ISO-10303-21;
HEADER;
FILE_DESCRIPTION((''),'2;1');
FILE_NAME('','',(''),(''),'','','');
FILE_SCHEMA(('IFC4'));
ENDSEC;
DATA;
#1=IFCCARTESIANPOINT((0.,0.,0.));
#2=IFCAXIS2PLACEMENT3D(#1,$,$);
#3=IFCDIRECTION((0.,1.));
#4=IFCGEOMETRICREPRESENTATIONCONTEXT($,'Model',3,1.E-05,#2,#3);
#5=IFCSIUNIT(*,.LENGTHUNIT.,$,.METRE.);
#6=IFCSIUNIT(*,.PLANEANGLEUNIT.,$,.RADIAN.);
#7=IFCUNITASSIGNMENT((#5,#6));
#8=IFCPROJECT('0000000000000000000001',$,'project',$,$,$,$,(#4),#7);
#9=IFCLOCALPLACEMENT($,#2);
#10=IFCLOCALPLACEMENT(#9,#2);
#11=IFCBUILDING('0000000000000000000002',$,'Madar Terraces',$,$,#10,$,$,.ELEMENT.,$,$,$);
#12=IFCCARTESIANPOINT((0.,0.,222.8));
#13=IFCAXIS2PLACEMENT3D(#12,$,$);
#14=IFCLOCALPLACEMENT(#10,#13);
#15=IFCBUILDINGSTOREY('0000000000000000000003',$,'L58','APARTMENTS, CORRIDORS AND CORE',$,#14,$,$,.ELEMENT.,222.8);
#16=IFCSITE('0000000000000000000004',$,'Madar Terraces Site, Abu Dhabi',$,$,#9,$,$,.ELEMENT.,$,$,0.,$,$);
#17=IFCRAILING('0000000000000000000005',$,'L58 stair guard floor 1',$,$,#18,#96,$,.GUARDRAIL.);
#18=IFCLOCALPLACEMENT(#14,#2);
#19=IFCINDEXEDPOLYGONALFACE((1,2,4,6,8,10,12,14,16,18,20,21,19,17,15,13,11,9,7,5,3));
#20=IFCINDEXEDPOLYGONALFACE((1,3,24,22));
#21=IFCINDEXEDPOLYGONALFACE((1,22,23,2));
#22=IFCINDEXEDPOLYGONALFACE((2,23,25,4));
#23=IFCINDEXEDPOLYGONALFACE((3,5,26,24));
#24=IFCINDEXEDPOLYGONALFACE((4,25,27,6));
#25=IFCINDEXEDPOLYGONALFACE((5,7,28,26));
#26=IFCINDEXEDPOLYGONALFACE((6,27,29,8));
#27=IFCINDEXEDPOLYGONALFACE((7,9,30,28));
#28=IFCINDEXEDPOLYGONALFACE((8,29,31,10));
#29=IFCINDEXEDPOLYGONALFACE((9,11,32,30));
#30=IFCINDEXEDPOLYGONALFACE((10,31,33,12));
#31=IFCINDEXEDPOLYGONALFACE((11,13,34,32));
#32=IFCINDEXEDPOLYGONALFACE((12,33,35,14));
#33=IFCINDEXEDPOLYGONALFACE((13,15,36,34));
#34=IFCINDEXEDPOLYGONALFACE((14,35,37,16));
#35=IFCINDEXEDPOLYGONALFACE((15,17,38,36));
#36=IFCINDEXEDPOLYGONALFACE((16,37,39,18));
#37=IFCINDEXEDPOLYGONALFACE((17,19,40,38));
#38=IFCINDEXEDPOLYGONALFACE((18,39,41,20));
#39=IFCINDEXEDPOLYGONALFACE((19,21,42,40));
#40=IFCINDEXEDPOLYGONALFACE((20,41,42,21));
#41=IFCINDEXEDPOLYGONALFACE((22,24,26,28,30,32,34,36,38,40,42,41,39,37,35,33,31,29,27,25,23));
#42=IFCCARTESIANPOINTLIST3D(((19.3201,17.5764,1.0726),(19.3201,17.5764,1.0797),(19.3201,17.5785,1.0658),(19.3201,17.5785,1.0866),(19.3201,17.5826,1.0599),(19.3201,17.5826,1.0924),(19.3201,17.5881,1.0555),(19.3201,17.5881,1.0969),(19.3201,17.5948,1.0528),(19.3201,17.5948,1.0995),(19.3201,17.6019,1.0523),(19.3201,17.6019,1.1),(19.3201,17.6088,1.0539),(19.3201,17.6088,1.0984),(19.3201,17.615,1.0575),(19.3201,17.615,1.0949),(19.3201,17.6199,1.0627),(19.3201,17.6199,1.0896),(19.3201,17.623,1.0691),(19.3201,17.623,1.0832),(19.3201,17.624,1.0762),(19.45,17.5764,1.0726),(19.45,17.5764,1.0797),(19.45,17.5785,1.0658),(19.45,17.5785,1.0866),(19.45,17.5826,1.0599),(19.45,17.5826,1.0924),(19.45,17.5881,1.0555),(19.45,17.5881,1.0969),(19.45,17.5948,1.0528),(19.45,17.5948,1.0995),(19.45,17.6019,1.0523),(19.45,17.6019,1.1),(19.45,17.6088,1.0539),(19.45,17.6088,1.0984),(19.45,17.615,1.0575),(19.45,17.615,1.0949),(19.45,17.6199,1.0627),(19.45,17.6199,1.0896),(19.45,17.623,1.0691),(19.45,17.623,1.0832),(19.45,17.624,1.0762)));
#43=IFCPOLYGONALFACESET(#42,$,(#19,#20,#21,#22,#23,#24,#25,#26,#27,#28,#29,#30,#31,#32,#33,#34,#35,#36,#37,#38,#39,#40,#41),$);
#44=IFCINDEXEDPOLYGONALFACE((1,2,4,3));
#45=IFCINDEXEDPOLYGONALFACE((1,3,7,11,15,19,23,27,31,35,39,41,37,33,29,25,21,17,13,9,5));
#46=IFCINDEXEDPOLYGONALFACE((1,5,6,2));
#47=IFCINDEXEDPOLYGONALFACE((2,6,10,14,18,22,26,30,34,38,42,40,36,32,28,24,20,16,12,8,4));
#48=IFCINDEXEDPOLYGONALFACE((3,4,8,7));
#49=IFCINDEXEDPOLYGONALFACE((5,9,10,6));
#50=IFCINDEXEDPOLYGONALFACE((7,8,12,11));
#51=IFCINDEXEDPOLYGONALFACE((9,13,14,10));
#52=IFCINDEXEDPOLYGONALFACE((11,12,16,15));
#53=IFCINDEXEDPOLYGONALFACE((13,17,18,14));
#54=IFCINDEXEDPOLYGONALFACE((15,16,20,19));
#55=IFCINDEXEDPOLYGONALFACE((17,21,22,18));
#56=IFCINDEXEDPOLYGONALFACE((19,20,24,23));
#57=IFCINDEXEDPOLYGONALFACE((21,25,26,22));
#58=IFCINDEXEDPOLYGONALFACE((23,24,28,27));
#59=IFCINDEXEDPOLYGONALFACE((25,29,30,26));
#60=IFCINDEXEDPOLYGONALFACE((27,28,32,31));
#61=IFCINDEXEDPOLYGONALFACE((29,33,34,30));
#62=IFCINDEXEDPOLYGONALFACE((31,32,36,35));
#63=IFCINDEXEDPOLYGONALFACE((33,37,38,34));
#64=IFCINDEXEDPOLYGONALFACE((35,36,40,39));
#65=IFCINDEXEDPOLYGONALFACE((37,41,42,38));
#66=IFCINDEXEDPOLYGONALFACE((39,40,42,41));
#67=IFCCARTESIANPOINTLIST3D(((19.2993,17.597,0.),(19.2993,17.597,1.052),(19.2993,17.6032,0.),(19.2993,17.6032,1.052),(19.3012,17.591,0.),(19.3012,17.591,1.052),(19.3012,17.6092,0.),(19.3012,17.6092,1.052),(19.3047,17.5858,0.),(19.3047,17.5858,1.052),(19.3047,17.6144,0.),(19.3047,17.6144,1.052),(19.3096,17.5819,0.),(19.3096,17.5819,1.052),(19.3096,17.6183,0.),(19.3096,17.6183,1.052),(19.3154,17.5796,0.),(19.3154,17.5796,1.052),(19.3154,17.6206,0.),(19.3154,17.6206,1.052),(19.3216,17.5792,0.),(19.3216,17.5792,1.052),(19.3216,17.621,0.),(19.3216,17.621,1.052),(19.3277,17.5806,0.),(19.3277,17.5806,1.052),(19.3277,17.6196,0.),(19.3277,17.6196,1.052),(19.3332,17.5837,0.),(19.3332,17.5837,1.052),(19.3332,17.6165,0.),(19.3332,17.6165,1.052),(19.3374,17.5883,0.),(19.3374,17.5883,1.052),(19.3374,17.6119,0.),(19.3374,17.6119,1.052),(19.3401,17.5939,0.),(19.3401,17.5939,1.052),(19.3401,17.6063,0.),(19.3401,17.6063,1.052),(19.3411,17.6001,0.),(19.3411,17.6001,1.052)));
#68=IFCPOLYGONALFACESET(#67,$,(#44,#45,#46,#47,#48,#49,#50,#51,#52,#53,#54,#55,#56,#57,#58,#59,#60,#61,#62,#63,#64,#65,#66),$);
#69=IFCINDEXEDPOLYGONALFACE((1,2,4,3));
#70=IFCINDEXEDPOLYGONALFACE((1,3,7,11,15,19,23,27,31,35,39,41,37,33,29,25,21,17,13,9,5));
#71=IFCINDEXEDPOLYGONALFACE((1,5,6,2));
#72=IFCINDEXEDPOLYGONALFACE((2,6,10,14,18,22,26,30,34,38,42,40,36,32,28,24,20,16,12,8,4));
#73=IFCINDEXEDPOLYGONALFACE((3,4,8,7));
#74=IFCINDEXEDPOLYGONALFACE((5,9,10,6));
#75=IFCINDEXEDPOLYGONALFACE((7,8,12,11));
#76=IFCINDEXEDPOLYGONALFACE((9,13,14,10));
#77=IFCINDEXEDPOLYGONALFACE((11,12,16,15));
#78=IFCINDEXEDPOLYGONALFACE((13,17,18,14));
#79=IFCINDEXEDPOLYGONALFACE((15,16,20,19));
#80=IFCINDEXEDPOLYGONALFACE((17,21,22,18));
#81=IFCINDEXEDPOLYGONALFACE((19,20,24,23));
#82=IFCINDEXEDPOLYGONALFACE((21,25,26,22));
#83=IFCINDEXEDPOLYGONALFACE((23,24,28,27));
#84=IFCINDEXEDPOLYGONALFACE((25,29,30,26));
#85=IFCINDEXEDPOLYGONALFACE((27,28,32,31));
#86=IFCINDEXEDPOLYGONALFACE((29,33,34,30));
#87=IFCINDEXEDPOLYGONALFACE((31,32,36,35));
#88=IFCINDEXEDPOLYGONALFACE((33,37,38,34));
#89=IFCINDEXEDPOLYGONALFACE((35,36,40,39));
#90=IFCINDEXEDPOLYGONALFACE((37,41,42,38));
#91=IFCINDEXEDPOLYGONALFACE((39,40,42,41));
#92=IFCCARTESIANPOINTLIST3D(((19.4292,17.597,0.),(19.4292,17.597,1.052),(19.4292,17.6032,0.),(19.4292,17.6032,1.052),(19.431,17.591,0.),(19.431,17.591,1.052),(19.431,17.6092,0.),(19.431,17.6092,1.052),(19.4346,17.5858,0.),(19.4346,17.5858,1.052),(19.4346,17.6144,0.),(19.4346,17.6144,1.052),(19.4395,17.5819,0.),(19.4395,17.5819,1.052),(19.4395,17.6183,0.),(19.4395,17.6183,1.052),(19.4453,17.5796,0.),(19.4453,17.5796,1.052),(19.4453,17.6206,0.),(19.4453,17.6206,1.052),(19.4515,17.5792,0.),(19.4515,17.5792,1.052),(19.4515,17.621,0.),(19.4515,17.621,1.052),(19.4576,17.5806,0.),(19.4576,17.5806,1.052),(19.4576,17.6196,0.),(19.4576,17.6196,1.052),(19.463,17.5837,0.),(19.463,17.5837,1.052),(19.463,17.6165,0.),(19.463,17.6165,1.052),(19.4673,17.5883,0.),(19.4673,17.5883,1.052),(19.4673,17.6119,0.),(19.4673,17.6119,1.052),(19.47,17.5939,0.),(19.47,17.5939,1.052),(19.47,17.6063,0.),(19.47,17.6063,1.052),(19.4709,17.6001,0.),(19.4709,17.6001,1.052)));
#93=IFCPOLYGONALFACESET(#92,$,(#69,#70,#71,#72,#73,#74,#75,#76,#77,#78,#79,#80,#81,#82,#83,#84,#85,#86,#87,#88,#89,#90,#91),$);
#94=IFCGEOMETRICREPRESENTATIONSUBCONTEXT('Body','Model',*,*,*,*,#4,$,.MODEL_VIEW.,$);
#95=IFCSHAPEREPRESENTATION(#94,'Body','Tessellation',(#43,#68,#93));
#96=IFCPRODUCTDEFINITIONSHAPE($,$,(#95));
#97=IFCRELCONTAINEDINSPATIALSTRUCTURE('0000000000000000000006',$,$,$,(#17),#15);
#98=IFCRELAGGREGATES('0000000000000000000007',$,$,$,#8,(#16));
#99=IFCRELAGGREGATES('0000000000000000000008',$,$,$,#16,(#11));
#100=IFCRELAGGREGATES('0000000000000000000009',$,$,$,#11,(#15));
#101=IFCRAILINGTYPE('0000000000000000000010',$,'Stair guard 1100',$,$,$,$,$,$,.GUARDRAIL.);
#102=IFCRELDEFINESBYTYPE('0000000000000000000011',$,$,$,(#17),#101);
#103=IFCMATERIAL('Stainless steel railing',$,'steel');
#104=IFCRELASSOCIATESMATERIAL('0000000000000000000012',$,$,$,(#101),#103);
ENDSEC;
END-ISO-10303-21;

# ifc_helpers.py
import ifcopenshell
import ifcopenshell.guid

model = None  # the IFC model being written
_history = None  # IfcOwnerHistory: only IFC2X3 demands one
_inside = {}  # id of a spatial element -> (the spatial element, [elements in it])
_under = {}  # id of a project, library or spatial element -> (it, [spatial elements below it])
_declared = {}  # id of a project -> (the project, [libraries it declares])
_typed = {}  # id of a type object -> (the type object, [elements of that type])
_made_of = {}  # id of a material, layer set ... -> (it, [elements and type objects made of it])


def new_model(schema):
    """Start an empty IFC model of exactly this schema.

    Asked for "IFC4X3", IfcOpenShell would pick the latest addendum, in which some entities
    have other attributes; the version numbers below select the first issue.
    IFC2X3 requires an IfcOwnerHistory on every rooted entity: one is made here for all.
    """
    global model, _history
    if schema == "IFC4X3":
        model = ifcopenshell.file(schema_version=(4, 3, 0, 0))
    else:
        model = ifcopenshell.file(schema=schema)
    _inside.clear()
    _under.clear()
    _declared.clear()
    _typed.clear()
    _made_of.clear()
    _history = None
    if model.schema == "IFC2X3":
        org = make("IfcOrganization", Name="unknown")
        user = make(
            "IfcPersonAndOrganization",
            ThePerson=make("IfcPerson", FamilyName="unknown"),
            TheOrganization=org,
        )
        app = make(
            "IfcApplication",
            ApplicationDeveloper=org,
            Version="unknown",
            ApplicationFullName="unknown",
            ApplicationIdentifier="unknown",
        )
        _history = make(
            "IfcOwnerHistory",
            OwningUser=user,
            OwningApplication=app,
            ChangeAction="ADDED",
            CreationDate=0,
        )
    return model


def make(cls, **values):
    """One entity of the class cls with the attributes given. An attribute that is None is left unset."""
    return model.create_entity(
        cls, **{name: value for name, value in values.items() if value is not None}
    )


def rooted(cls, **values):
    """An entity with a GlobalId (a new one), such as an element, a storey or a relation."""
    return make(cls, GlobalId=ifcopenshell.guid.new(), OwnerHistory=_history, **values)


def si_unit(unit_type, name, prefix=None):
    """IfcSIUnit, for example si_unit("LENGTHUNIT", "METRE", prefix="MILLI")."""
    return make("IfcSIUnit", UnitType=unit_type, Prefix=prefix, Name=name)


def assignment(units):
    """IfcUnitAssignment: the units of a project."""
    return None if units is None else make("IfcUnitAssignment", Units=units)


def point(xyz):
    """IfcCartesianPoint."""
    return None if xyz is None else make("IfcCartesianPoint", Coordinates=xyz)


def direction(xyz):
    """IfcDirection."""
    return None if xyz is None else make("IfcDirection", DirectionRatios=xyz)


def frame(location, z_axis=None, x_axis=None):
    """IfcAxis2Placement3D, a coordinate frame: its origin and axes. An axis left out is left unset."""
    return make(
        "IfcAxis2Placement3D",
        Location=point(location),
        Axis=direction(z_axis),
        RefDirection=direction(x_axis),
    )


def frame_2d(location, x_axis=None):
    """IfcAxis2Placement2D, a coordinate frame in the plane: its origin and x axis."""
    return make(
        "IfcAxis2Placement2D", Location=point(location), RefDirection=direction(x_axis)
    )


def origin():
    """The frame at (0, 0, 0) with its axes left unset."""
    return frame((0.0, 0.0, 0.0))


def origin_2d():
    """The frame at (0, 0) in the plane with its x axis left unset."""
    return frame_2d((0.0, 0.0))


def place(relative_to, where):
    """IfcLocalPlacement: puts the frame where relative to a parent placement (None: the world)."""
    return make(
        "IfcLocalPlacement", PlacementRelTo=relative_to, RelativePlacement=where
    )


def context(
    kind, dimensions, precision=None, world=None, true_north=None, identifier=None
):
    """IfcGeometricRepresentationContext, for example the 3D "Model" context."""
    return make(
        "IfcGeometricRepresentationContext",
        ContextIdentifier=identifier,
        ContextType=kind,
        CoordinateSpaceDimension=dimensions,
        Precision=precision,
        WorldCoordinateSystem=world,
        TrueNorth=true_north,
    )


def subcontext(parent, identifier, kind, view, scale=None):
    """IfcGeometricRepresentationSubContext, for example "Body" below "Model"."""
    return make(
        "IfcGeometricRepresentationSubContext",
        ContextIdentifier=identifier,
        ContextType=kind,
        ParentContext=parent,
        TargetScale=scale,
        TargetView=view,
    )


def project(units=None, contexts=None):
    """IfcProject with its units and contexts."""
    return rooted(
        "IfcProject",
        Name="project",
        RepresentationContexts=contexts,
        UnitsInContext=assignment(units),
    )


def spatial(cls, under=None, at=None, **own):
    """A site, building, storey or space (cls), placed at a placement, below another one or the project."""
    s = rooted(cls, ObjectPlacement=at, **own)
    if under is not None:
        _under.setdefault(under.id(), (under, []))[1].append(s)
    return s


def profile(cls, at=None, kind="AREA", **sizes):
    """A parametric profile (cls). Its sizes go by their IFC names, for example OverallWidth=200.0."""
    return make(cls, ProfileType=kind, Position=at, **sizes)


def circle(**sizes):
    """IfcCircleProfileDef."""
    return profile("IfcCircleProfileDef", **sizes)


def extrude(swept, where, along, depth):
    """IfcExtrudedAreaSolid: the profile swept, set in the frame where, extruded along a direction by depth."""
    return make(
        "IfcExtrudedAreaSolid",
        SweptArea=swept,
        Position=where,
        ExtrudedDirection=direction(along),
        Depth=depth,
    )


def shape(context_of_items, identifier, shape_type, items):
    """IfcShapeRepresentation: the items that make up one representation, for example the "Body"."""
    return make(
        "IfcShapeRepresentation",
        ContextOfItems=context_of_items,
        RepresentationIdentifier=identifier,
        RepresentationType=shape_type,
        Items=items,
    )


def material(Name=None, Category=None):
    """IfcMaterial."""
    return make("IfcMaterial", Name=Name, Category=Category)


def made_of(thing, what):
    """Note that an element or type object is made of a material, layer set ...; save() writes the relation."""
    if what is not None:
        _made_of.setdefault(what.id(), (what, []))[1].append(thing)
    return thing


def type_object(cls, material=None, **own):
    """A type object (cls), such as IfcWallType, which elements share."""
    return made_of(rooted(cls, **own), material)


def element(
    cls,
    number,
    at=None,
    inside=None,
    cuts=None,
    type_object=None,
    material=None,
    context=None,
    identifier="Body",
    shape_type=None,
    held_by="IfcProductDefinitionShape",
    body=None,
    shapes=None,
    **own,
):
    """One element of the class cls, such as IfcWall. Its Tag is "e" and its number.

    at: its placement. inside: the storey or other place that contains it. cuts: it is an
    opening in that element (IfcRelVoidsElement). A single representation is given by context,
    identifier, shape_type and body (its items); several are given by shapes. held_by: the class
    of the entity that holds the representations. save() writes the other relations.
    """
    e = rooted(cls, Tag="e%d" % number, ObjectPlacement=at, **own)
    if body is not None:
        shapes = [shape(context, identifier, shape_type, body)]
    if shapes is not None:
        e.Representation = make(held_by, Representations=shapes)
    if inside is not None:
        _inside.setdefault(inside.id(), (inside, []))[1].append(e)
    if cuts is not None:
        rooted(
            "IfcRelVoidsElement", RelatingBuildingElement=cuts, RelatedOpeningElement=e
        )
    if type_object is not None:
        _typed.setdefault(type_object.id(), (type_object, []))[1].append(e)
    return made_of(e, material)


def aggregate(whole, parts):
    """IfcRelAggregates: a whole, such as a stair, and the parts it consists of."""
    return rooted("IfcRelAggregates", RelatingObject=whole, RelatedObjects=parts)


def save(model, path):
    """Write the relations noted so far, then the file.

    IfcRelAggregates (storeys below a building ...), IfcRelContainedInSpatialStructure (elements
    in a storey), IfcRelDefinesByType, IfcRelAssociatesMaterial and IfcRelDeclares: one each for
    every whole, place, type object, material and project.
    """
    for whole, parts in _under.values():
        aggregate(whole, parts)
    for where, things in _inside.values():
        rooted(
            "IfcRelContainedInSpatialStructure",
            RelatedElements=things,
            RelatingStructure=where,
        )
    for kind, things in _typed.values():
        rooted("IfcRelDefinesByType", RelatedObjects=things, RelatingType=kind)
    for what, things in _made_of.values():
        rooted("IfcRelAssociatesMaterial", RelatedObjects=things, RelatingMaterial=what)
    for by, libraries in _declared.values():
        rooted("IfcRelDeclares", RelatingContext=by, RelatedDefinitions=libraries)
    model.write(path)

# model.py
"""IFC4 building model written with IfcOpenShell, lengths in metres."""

from ifc_helpers import new_model, si_unit, direction, frame, origin, origin_2d, place, context, subcontext, project, spatial, circle, extrude, material, type_object, element, save


model = new_model("IFC4")

# Units and contexts
model_context = context("Model", 3, precision=1e-05, world=origin(), true_north=direction((0.0, 1.0)))
body_context = subcontext(model_context, "Body", "Model", "MODEL_VIEW")
ifc_project = project(units=[si_unit("LENGTHUNIT", "METRE"), si_unit("PLANEANGLEUNIT", "RADIAN")], contexts=[model_context])

# Site, building, storey
site_placement = place(None, origin())
site = spatial("IfcSite", under=ifc_project, at=site_placement, Name="Madar Terraces Site, Abu Dhabi", CompositionType="ELEMENT", RefElevation=0.0)
building_placement = place(site_placement, origin())
building = spatial("IfcBuilding", under=site, at=building_placement, Name="Madar Terraces", CompositionType="ELEMENT")
storey_placement = place(building_placement, frame((0.0, 0.0, 222.8)))
storey = spatial("IfcBuildingStorey", under=building, at=storey_placement, Name="L58", Description="APARTMENTS, CORRIDORS AND CORE", CompositionType="ELEMENT", Elevation=222.8)

# Railing
ifc_material_1 = material(Name="Stainless steel railing", Category="steel")
railing_type_1 = type_object("IfcRailingType", Name="Stair guard 1100", PredefinedType="GUARDRAIL", material=ifc_material_1)
for number, where, name in (
    (1, (19.3201, 17.6001, 0.0), "L58 stair guard floor 1"),
):
    element("IfcRailing", number, at=place(storey_placement, frame(where)), inside=storey, type_object=railing_type_1, Name=name, PredefinedType="GUARDRAIL", context=body_context, shape_type="SweptSolid", body=[
        extrude(circle(Radius=0.0239, at=origin_2d()), frame((0.0, 0.0, 1.0762), z_axis=(1.0, 0.0, 0.0), x_axis=(0.0, 1.0, 0.0)), (0.0, 0.0, 1.0), 0.1299),
        extrude(circle(Radius=0.021, at=origin_2d()), origin(), (0.0, 0.0, 1.0), 1.052),
        extrude(circle(Radius=0.021, at=origin_2d()), frame((0.1299, 0.0, 0.0)), (0.0, 0.0, 1.0), 1.052),
    ])

save(model, "model.ifc")
